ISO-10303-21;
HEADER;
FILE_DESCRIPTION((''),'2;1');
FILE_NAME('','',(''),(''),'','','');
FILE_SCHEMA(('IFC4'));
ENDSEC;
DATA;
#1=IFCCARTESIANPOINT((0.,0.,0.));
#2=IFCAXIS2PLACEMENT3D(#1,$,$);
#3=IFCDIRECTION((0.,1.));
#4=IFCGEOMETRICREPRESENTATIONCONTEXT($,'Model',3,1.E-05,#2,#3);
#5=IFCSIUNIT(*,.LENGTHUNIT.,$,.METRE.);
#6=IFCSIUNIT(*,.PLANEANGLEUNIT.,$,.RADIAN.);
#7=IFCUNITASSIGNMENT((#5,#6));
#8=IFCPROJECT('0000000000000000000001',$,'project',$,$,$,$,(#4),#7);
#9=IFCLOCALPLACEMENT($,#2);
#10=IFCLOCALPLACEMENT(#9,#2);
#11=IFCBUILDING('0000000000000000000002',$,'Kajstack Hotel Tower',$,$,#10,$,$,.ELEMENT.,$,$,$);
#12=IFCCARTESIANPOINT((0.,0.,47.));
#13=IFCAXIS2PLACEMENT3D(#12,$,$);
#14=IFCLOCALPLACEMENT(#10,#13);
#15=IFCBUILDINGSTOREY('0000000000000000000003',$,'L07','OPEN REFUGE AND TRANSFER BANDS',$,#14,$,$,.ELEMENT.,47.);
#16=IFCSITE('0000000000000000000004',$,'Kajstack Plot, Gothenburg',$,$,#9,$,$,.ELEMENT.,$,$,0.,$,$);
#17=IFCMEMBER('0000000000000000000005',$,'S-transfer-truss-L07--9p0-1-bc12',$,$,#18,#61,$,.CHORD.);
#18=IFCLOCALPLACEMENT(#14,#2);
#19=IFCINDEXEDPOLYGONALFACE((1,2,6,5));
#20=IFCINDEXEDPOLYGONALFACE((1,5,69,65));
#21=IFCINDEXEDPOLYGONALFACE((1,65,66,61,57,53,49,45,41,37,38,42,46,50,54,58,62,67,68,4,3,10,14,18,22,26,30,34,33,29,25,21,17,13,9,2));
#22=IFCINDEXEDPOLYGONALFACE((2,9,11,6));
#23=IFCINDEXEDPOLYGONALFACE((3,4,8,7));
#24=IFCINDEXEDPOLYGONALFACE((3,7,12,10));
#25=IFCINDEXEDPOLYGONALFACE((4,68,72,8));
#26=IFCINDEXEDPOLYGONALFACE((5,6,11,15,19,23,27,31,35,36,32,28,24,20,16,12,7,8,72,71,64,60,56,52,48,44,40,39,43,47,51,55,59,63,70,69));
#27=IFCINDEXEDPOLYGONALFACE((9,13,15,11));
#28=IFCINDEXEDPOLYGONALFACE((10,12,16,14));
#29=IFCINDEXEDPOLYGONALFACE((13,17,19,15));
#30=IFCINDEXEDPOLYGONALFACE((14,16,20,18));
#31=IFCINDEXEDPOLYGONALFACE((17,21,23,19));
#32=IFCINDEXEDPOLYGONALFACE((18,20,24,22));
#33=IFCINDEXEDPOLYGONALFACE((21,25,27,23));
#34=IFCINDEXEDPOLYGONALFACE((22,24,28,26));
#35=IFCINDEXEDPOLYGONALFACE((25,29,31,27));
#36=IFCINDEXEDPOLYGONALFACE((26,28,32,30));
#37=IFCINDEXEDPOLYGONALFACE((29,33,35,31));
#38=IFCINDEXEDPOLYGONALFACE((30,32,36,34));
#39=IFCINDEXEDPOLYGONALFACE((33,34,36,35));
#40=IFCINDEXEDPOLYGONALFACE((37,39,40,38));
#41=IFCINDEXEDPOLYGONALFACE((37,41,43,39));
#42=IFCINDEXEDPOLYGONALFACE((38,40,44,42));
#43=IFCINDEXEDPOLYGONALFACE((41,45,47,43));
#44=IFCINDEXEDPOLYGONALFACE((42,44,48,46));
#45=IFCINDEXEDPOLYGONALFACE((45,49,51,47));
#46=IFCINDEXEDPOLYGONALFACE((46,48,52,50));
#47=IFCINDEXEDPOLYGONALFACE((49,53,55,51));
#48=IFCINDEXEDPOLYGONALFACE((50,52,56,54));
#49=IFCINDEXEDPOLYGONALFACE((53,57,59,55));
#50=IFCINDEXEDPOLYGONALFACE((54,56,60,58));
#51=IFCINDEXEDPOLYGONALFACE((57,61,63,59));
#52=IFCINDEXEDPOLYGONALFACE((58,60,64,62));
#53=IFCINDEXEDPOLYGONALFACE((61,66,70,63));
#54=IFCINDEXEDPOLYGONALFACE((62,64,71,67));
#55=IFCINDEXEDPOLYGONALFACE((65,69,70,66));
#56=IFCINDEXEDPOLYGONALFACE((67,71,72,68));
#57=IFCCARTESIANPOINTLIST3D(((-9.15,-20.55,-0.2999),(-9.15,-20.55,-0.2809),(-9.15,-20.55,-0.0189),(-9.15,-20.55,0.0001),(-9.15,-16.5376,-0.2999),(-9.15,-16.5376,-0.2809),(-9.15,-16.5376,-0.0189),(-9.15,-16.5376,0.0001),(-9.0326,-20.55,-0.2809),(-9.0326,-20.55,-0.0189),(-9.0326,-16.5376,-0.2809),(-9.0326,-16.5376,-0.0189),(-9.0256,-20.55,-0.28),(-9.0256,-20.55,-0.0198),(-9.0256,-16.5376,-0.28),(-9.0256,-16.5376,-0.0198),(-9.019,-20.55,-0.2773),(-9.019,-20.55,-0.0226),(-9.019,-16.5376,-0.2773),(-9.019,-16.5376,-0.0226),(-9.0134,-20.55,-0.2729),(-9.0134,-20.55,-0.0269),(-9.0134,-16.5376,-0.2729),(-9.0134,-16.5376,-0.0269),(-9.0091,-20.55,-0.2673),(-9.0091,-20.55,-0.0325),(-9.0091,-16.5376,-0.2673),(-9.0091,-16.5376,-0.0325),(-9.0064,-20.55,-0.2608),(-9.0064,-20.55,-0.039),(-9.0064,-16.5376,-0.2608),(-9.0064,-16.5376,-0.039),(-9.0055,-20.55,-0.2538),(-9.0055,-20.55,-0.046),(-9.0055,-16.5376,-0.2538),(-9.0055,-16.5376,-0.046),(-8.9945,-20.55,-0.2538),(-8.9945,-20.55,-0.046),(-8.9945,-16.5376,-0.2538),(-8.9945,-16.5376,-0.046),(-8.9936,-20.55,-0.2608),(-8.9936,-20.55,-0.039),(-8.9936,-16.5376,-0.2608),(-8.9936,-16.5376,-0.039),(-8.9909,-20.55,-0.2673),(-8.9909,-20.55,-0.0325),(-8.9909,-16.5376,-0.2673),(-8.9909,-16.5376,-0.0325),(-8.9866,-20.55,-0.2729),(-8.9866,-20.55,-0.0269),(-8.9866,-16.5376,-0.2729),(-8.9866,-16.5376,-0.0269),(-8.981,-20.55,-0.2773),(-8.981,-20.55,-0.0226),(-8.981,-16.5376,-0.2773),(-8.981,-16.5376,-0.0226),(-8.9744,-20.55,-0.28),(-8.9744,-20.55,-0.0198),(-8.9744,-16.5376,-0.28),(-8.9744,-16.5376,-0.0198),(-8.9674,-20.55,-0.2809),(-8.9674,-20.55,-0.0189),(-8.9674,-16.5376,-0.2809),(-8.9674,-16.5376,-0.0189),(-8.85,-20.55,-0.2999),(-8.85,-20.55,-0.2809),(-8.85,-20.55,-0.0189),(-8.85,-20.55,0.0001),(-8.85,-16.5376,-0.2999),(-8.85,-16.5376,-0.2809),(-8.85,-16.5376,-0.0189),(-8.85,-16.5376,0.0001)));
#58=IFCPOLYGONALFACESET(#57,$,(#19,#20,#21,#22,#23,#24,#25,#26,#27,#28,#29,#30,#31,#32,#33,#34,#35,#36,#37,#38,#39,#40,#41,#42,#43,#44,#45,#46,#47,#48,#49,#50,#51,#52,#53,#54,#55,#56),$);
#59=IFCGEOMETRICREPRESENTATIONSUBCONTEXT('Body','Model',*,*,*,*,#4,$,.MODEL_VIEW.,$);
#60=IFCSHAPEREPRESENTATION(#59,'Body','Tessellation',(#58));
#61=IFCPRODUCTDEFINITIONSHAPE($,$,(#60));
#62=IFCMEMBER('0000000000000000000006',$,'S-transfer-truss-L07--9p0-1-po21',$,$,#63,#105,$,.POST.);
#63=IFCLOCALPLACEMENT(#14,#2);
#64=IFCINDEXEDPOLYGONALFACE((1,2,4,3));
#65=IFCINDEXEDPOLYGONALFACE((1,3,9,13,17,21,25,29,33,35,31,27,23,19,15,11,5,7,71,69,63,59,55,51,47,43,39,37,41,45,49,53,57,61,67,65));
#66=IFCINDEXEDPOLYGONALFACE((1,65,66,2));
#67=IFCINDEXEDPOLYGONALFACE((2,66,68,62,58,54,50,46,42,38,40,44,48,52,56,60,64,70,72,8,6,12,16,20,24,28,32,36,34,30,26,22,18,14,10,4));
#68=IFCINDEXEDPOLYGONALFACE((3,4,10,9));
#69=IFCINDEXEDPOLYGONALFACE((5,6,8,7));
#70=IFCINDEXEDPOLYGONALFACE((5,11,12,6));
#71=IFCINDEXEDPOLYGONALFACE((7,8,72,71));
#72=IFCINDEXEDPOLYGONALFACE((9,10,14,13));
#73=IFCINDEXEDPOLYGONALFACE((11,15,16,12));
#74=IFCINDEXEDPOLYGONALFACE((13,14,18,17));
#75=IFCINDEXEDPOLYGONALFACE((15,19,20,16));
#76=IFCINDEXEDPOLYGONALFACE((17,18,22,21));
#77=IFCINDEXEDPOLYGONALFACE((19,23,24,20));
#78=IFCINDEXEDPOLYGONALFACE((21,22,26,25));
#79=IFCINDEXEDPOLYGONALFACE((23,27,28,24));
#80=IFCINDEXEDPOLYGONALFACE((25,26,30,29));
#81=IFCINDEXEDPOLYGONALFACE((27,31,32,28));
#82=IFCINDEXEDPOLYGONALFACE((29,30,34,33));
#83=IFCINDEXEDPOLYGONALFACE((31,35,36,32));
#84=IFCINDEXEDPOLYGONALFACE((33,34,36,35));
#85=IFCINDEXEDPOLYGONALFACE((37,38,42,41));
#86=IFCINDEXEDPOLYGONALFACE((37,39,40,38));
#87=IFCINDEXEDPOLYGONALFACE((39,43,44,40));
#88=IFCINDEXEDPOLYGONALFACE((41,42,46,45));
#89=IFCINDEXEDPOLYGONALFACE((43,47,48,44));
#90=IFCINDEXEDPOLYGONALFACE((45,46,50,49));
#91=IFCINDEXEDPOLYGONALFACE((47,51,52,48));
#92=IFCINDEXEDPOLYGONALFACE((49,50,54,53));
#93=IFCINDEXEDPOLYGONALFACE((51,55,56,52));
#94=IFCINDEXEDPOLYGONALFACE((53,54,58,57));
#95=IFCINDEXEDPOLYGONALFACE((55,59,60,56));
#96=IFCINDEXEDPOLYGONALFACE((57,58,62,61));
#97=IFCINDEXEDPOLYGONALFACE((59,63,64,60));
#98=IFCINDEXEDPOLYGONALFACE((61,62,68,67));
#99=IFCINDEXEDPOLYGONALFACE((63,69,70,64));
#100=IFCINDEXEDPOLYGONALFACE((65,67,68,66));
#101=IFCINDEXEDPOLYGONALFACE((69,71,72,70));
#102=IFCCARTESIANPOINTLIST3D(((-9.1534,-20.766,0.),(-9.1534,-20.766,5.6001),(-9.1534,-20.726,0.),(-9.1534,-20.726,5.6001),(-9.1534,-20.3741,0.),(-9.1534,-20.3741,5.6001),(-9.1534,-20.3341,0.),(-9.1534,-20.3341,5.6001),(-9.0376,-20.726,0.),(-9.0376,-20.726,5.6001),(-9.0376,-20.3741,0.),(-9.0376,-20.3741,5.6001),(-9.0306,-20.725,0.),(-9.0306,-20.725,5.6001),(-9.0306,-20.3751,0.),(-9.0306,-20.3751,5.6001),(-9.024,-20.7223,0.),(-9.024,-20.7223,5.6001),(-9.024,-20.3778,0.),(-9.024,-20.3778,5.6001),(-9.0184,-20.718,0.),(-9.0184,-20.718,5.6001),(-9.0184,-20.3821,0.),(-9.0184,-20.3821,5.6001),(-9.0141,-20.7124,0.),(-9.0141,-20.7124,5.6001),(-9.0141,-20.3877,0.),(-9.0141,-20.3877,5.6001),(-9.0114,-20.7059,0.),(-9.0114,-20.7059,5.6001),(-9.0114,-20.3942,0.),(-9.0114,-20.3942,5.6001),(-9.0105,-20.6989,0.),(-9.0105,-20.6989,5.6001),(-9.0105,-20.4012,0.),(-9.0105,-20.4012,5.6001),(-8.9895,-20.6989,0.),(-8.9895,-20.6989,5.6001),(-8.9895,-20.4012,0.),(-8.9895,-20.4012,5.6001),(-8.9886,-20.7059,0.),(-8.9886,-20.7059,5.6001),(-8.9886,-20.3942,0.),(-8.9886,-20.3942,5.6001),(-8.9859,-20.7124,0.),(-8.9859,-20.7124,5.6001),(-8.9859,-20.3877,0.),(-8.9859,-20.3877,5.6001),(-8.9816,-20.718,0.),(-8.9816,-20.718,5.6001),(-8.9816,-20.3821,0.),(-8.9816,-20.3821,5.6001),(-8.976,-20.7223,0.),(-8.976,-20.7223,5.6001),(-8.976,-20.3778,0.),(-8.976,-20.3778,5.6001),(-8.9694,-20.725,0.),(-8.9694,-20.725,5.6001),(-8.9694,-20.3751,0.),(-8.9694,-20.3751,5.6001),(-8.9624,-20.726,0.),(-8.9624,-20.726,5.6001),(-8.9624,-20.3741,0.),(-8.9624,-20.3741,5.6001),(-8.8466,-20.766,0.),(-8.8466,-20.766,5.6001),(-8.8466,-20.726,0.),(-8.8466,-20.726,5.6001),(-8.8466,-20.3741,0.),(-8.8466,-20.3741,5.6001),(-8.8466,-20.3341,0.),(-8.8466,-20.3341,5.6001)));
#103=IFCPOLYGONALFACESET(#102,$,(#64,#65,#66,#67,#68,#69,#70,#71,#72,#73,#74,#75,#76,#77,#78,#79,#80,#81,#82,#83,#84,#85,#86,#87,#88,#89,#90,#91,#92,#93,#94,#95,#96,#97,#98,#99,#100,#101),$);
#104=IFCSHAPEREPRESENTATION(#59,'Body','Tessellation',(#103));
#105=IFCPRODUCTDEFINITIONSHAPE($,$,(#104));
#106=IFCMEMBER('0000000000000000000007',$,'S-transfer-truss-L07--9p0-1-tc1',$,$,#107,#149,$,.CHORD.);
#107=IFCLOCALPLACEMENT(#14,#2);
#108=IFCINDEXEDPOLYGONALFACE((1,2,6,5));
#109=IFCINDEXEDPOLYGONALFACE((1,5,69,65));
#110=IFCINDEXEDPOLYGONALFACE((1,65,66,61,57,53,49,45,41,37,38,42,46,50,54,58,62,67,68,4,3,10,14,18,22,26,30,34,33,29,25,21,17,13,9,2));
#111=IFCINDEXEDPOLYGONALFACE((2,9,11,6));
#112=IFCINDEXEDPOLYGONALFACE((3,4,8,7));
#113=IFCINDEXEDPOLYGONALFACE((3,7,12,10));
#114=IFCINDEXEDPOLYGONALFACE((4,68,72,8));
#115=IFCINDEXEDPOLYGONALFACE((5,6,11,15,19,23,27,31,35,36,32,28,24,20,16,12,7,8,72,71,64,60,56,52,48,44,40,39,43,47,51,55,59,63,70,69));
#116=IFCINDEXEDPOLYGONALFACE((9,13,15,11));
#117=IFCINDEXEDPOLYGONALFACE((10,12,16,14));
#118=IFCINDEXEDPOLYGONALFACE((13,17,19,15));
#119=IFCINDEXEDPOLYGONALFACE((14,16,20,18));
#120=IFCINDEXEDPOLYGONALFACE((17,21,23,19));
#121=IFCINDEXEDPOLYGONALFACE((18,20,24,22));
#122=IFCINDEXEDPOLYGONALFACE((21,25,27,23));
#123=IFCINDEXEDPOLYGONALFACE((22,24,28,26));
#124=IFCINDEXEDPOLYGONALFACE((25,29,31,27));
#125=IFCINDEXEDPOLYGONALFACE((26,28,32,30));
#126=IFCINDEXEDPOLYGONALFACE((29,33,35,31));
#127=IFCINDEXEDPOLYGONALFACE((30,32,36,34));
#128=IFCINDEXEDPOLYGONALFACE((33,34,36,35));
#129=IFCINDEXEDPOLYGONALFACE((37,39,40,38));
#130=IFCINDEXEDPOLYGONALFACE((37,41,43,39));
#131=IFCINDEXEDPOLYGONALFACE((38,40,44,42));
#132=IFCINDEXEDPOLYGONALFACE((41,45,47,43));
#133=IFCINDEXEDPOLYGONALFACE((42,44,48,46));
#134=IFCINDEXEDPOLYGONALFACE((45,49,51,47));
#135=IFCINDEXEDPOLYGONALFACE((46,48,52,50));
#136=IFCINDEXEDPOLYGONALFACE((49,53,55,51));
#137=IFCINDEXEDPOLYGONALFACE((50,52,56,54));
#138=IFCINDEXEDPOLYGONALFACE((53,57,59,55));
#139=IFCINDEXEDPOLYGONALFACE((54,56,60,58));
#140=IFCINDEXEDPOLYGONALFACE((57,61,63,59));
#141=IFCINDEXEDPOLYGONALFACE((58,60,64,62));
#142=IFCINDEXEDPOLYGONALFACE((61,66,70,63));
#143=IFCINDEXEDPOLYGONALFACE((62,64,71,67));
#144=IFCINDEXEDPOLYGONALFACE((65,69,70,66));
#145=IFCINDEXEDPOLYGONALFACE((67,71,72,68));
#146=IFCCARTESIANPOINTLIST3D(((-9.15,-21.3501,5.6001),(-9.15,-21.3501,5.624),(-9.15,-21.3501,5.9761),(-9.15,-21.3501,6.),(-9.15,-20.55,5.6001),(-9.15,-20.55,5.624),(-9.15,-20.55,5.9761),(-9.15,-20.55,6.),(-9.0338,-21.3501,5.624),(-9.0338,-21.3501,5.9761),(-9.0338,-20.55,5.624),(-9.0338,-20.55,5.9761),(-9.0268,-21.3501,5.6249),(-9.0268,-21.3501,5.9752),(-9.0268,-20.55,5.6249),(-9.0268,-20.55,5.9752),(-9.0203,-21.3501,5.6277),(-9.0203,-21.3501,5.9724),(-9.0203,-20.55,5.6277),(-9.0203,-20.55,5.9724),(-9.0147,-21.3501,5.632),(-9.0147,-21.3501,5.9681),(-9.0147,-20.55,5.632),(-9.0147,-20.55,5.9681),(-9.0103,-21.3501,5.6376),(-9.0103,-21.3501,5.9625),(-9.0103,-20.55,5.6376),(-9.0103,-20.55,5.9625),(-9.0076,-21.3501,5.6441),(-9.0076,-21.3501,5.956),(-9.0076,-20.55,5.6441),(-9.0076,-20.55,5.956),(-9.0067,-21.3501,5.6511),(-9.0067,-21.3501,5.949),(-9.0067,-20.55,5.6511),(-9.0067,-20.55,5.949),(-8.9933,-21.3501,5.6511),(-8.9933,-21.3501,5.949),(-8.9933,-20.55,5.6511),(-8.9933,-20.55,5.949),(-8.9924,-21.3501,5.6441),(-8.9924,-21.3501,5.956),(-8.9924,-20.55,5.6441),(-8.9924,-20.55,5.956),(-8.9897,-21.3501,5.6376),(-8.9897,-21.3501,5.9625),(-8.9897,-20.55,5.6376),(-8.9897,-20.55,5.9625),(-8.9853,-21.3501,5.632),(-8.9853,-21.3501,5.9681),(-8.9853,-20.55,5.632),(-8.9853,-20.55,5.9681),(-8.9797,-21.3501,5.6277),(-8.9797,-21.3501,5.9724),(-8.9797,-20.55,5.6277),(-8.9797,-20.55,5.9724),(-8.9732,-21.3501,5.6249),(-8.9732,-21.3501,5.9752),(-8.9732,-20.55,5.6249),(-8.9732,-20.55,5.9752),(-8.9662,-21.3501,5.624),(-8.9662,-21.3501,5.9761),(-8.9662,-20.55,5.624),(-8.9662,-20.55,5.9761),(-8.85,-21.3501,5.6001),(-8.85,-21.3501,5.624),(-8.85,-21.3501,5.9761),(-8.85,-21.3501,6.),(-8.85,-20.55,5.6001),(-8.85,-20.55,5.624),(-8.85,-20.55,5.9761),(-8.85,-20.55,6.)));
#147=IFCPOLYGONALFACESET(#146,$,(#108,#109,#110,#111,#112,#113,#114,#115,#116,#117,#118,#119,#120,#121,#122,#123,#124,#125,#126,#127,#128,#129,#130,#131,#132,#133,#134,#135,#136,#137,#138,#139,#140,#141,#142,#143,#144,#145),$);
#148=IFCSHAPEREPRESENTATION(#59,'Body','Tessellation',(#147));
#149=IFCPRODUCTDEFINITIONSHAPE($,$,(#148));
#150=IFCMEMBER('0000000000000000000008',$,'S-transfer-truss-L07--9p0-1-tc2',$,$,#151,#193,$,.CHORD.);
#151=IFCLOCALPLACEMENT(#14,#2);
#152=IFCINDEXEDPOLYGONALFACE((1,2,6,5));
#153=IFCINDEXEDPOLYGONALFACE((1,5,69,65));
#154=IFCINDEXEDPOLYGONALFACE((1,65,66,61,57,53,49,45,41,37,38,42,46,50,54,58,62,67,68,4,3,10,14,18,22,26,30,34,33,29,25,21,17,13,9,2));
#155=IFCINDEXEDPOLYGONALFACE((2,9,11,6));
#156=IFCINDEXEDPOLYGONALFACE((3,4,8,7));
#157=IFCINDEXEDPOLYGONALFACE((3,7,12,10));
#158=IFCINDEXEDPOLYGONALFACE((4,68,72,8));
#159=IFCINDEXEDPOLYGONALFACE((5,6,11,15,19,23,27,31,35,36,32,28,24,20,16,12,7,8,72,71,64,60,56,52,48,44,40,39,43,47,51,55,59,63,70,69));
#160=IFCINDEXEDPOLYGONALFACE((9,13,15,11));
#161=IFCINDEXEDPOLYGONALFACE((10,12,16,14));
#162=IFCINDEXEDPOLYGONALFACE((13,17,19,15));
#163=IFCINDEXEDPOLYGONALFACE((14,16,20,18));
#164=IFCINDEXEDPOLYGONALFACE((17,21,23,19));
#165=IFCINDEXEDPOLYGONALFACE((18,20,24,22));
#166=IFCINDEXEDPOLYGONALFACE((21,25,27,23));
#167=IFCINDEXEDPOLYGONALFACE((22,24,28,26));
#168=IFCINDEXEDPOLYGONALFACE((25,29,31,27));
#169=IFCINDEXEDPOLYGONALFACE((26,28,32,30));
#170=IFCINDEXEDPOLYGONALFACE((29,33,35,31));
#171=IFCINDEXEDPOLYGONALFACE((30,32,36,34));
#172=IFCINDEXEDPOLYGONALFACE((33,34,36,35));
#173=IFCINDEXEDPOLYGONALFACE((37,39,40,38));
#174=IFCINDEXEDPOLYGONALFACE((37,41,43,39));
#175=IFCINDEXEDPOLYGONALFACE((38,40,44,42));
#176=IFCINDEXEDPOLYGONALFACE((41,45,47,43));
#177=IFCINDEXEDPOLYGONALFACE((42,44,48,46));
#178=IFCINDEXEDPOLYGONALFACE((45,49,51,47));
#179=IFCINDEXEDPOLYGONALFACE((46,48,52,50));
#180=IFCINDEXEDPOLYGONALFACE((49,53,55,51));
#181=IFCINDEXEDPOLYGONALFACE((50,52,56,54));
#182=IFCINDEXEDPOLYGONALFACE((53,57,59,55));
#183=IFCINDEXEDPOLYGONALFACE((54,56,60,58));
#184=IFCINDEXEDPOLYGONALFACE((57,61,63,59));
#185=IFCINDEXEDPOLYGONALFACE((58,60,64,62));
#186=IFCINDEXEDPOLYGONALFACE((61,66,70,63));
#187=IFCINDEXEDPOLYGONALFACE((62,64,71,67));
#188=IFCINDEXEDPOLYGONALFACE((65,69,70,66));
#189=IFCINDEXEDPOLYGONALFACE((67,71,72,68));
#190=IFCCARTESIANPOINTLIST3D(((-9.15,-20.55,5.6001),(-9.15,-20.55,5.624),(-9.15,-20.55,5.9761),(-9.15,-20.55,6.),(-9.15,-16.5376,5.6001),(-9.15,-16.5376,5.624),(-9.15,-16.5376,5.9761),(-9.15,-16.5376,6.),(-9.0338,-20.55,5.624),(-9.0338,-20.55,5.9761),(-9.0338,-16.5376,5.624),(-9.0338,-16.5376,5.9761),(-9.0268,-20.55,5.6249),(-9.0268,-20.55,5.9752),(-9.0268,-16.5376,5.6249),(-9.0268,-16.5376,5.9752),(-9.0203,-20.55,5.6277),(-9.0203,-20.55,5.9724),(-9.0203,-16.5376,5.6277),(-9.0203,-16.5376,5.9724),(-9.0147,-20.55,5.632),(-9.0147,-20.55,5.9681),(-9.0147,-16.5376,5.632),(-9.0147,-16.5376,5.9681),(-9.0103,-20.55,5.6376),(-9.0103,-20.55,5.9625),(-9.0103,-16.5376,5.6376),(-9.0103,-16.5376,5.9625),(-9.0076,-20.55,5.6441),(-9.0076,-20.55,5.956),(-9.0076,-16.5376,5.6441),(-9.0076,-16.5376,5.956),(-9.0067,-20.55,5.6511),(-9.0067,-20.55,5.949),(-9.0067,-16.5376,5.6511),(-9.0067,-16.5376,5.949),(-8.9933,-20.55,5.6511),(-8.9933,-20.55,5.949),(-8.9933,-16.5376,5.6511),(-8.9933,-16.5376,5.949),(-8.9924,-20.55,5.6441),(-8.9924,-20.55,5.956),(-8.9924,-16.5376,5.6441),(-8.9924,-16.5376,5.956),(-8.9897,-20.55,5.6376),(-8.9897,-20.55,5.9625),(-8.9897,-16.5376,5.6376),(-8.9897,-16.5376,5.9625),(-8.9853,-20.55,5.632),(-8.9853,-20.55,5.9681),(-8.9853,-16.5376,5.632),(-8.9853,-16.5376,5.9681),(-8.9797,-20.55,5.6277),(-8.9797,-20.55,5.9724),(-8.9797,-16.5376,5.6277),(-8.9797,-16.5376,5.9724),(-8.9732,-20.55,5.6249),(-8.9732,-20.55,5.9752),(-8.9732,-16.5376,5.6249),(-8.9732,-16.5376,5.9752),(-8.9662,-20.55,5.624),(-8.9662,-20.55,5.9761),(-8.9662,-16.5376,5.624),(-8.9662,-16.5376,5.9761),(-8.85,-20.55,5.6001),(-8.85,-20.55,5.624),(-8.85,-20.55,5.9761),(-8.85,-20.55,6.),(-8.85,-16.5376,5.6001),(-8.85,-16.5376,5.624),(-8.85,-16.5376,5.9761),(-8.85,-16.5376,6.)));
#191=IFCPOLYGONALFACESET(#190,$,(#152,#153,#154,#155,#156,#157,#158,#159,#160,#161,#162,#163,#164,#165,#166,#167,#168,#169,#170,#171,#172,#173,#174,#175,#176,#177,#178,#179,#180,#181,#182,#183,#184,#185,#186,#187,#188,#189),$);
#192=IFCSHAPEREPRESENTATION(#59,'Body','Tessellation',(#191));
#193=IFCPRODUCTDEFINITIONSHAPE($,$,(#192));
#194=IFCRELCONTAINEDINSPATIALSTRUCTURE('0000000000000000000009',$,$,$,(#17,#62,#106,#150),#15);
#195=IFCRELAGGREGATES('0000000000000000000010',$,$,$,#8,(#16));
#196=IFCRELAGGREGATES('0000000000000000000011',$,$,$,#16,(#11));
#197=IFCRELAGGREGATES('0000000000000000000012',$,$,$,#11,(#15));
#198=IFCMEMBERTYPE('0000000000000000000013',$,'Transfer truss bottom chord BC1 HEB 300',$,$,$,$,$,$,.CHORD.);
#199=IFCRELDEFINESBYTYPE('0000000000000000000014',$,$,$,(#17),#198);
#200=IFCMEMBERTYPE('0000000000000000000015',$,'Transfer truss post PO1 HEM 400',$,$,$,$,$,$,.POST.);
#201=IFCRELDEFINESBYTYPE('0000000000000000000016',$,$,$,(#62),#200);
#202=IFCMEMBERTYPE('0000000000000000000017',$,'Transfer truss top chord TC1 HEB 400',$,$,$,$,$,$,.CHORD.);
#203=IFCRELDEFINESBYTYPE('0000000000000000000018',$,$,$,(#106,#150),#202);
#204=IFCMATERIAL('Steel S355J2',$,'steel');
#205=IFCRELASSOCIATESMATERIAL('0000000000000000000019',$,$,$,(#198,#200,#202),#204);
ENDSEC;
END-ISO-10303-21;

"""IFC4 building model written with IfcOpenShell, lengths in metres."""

from ifc_helpers import new_model, si_unit, direction, frame, origin, origin_2d, place, context, subcontext, project, spatial, i_section, extrude, material, material_profile, profile_set, type_object, element, save


model = new_model("IFC4")

# Units and contexts
model_context = context("Model", 3, precision=1e-05, world=origin(), true_north=direction((0.0, 1.0)))
body_context = subcontext(model_context, "Body", "Model", "MODEL_VIEW")
ifc_project = project(units=[si_unit("LENGTHUNIT", "METRE"), si_unit("PLANEANGLEUNIT", "RADIAN")], contexts=[model_context])

# Site, building, storey
site_placement = place(None, origin())
site = spatial("IfcSite", under=ifc_project, at=site_placement, Name="Kajstack Plot, Gothenburg", CompositionType="ELEMENT", RefElevation=0.0)
building_placement = place(site_placement, origin())
building = spatial("IfcBuilding", under=site, at=building_placement, Name="Kajstack Hotel Tower", CompositionType="ELEMENT")
storey_placement = place(building_placement, frame((0.0, 0.0, 47.0)))
storey = spatial("IfcBuildingStorey", under=building, at=storey_placement, Name="L07", Description="OPEN REFUGE AND TRANSFER BANDS", CompositionType="ELEMENT", Elevation=47.0)

# Members
ifc_material_1 = material(Name="Steel S355J2", Category="steel")
ifc_material_profile_1 = material_profile(ifc_material_1, i_section(OverallWidth=0.3, OverallDepth=0.3, WebThickness=0.011, FlangeThickness=0.019, FilletRadius=0.0271, at=origin_2d()), Name="HEB 300")
ifc_profile_set_1 = profile_set([ifc_material_profile_1], Name="Steel S355J2")
member_type_1 = type_object("IfcMemberType", Name="Transfer truss bottom chord BC1 HEB 300", PredefinedType="CHORD", material=ifc_profile_set_1)
member_1_placement = place(storey_placement, frame((-9.0, -20.55, -0.1499), z_axis=(0.0, 1.0, 0.0), x_axis=(-1.0, 0.0, 0.0)))
element("IfcMember", 1, at=member_1_placement, inside=storey, type_object=member_type_1, Name="S-transfer-truss-L07--9p0-1-bc12", PredefinedType="CHORD", context=body_context, shape_type="SweptSolid", body=[
    extrude(i_section(OverallWidth=0.3, OverallDepth=0.3, WebThickness=0.011, FlangeThickness=0.019, FilletRadius=0.0271, at=origin_2d()), origin(), (0.0, 0.0, 1.0), 4.0125),
])
ifc_material_profile_2 = material_profile(ifc_material_1, i_section(OverallWidth=0.3069, OverallDepth=0.4319, WebThickness=0.021, FlangeThickness=0.04, FilletRadius=0.0271, at=origin_2d()), Name="HEM 400")
ifc_profile_set_2 = profile_set([ifc_material_profile_2], Name="Steel S355J2")
member_type_2 = type_object("IfcMemberType", Name="Transfer truss post PO1 HEM 400", PredefinedType="POST", material=ifc_profile_set_2)
member_2_placement = place(storey_placement, frame((-9.0, -20.55, 0.0), z_axis=(0.0, 0.0, 1.0), x_axis=(1.0, 0.0, 0.0)))
element("IfcMember", 2, at=member_2_placement, inside=storey, type_object=member_type_2, Name="S-transfer-truss-L07--9p0-1-po21", PredefinedType="POST", context=body_context, shape_type="SweptSolid", body=[
    extrude(i_section(OverallWidth=0.3069, OverallDepth=0.4319, WebThickness=0.021, FlangeThickness=0.04, FilletRadius=0.0271, at=origin_2d()), origin(), (0.0, 0.0, 1.0), 5.6001),
])
ifc_material_profile_3 = material_profile(ifc_material_1, i_section(OverallWidth=0.3, OverallDepth=0.3999, WebThickness=0.0134, FlangeThickness=0.0239, FilletRadius=0.0271, at=origin_2d()), Name="HEB 400")
ifc_profile_set_3 = profile_set([ifc_material_profile_3], Name="Steel S355J2")
member_type_3 = type_object("IfcMemberType", Name="Transfer truss top chord TC1 HEB 400", PredefinedType="CHORD", material=ifc_profile_set_3)
member_3_placement = place(storey_placement, frame((-9.0, -21.3501, 5.8), z_axis=(0.0, 1.0, 0.0), x_axis=(-1.0, 0.0, 0.0)))
element("IfcMember", 3, at=member_3_placement, inside=storey, type_object=member_type_3, Name="S-transfer-truss-L07--9p0-1-tc1", PredefinedType="CHORD", context=body_context, shape_type="SweptSolid", body=[
    extrude(i_section(OverallWidth=0.3, OverallDepth=0.3999, WebThickness=0.0134, FlangeThickness=0.0239, FilletRadius=0.0271, at=origin_2d()), origin(), (0.0, 0.0, 1.0), 0.8),
])
member_4_placement = place(storey_placement, frame((-9.0, -20.55, 5.8), z_axis=(0.0, 1.0, 0.0), x_axis=(-1.0, 0.0, 0.0)))
element("IfcMember", 4, at=member_4_placement, inside=storey, type_object=member_type_3, Name="S-transfer-truss-L07--9p0-1-tc2", PredefinedType="CHORD", context=body_context, shape_type="SweptSolid", body=[
    extrude(i_section(OverallWidth=0.3, OverallDepth=0.3999, WebThickness=0.0134, FlangeThickness=0.0239, FilletRadius=0.0271, at=origin_2d()), origin(), (0.0, 0.0, 1.0), 4.0125),
])

save(model, "model.ifc")
